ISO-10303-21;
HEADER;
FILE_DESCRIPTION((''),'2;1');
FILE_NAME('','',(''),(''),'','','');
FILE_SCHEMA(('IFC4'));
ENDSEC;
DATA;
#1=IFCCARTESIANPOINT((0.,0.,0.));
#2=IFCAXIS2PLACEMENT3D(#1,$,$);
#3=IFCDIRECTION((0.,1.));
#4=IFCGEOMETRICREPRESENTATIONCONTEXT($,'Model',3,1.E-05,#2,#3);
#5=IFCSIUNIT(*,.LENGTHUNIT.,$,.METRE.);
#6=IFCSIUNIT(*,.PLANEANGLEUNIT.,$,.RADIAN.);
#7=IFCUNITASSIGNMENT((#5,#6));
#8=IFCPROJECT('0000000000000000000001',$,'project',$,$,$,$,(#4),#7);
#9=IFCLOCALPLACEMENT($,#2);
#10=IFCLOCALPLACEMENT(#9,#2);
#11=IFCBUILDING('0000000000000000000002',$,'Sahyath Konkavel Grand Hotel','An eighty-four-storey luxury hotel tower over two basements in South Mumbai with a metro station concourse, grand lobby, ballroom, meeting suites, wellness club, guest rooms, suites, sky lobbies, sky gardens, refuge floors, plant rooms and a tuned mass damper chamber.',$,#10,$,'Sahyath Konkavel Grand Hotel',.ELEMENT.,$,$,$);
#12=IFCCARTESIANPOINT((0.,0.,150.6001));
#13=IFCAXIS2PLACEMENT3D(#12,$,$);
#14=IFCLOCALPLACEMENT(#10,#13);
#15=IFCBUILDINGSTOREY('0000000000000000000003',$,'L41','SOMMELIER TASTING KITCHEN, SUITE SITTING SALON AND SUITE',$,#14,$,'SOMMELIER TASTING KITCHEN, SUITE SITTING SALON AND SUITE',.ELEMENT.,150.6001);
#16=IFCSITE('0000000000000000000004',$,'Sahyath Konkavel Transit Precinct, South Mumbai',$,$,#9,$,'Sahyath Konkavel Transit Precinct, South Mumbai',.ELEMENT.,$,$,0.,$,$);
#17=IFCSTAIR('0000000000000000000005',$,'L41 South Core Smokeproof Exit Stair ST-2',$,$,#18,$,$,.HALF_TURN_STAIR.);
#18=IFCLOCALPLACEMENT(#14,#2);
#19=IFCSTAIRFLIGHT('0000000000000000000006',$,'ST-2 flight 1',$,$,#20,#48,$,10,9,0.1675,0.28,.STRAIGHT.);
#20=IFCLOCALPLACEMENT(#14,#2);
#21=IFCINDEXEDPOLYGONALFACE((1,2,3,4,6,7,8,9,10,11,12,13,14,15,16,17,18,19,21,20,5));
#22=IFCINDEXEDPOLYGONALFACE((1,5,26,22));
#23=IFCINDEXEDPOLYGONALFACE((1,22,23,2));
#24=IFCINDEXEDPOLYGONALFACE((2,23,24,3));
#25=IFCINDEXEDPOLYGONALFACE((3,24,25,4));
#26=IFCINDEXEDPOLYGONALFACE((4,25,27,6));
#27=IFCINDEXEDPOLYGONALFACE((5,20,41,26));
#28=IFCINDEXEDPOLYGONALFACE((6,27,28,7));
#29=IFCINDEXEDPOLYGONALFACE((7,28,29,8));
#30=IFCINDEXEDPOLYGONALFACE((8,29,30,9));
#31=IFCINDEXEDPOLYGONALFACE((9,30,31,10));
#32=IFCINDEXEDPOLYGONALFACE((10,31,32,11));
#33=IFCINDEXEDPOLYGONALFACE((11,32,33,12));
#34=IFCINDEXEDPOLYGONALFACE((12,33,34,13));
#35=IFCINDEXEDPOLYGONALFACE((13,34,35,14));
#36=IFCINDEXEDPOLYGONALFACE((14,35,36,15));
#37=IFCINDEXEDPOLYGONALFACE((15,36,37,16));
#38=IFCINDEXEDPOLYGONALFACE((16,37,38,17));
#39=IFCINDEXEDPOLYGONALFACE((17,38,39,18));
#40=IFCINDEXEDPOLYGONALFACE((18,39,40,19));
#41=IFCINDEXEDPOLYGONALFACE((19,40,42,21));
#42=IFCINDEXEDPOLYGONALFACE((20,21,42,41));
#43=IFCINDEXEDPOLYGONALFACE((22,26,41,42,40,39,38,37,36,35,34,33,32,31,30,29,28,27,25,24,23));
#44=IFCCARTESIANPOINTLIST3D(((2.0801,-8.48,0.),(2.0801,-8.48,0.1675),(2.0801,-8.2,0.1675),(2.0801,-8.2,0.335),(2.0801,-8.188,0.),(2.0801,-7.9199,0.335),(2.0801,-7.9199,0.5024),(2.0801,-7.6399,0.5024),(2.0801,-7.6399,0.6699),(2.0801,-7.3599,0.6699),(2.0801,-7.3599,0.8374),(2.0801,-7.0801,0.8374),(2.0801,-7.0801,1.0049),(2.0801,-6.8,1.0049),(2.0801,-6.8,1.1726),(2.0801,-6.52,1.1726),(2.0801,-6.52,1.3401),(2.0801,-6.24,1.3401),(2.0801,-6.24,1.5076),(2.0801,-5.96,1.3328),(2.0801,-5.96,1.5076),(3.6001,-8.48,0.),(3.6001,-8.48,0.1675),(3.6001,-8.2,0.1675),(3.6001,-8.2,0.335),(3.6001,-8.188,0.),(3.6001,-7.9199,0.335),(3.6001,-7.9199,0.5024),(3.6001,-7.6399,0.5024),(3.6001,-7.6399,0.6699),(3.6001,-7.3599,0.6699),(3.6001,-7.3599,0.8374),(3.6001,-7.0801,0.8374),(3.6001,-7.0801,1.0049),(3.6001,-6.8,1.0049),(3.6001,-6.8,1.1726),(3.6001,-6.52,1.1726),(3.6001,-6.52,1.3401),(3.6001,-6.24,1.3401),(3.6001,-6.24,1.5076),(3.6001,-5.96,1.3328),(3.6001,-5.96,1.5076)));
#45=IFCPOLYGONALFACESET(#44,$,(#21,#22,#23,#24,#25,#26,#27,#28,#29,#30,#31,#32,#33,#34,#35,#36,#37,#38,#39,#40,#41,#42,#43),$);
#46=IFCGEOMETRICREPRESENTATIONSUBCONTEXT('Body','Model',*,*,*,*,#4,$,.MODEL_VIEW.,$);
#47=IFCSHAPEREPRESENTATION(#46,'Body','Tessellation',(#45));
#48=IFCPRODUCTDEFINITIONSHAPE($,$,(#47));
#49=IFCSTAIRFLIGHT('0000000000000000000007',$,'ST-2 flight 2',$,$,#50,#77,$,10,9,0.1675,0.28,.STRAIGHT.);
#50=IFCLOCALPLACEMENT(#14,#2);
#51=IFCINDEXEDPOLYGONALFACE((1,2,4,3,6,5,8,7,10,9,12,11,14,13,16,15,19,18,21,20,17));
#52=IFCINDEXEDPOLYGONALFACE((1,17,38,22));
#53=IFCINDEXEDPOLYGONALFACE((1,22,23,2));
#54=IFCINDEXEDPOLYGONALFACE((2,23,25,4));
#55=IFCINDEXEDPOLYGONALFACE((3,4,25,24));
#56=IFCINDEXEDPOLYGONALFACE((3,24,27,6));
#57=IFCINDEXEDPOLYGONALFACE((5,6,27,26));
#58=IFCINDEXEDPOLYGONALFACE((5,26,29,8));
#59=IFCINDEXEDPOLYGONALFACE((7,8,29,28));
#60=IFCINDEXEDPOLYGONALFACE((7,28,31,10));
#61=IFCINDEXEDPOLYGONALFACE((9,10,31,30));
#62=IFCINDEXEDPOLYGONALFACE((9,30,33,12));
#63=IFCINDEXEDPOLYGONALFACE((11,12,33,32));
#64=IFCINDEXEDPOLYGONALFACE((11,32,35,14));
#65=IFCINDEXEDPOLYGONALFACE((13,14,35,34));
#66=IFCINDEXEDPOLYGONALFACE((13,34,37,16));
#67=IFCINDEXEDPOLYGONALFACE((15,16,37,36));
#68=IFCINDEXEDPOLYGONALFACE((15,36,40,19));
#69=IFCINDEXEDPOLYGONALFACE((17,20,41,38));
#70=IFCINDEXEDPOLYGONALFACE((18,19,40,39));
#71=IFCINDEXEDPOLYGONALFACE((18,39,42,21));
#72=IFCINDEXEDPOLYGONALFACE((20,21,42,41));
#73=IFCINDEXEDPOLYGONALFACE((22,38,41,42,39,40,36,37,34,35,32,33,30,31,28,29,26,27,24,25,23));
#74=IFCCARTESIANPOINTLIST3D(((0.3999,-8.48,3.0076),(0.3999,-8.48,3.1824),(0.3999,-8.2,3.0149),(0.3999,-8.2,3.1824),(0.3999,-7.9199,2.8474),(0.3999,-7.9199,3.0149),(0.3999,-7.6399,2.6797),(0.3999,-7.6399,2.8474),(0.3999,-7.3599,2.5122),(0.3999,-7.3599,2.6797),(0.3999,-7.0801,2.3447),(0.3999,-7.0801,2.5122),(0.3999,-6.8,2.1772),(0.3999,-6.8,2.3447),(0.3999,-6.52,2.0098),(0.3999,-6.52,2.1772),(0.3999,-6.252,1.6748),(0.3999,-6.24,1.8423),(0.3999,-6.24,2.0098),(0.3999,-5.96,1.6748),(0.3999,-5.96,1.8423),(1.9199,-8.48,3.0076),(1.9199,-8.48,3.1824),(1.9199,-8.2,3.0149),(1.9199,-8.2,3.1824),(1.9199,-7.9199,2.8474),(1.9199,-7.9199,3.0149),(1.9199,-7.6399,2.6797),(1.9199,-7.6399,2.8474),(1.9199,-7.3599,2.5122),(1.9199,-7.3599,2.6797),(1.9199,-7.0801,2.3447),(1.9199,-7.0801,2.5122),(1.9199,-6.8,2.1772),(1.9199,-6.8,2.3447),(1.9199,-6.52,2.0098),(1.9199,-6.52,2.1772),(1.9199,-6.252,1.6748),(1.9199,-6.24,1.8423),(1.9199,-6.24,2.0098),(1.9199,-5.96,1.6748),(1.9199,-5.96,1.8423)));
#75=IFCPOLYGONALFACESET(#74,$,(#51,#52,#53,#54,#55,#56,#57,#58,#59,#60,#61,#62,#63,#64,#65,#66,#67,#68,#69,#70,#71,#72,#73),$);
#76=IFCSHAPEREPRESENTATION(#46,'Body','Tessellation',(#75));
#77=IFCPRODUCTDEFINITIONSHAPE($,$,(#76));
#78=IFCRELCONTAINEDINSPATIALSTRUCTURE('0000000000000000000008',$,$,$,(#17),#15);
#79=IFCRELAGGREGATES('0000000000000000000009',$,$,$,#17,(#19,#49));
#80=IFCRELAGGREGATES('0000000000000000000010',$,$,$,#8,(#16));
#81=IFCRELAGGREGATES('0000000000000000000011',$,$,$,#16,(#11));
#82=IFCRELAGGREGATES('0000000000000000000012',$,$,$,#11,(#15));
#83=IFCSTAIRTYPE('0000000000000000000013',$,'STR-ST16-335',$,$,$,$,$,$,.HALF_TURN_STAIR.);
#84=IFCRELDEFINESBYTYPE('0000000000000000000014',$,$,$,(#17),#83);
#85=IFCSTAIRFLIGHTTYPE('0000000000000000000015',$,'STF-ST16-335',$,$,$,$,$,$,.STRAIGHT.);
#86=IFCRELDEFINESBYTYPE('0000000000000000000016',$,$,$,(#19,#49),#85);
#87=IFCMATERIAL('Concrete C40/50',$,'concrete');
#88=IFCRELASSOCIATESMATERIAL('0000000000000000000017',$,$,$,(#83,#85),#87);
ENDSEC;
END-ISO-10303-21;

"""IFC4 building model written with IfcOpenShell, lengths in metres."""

from ifc_helpers import new_model, si_unit, direction, frame, origin, place, context, subcontext, project, spatial, polyline, outline, extrude, material, type_object, element, aggregate, save


model = new_model("IFC4")

# Units and contexts
model_context = context("Model", 3, precision=1e-05, world=origin(), true_north=direction((0.0, 1.0)))
body_context = subcontext(model_context, "Body", "Model", "MODEL_VIEW")
ifc_project = project(units=[si_unit("LENGTHUNIT", "METRE"), si_unit("PLANEANGLEUNIT", "RADIAN")], contexts=[model_context])

# Site, building, storey
site_placement = place(None, origin())
site = spatial("IfcSite", under=ifc_project, at=site_placement, Name="Sahyath Konkavel Transit Precinct, South Mumbai", LongName="Sahyath Konkavel Transit Precinct, South Mumbai", CompositionType="ELEMENT", RefElevation=0.0)
building_placement = place(site_placement, origin())
building = spatial("IfcBuilding", under=site, at=building_placement, Name="Sahyath Konkavel Grand Hotel", Description="An eighty-four-storey luxury hotel tower over two basements in South Mumbai with a metro station concourse, grand lobby, ballroom, meeting suites, wellness club, guest rooms, suites, sky lobbies, sky gardens, refuge floors, plant rooms and a tuned mass damper chamber.", LongName="Sahyath Konkavel Grand Hotel", CompositionType="ELEMENT")
storey_placement = place(building_placement, frame((0.0, 0.0, 150.6001)))
storey = spatial("IfcBuildingStorey", under=building, at=storey_placement, Name="L41", Description="SOMMELIER TASTING KITCHEN, SUITE SITTING SALON AND SUITE", LongName="SOMMELIER TASTING KITCHEN, SUITE SITTING SALON AND SUITE", CompositionType="ELEMENT", Elevation=150.6001)

# Shared definitions
ifc_material_1 = material(Name="Concrete C40/50", Category="concrete")

# Stair, stair flights
stair_type = type_object("IfcStairType", Name="STR-ST16-335", PredefinedType="HALF_TURN_STAIR", material=ifc_material_1)
stair_placement = place(storey_placement, origin())
stair = element("IfcStair", 1, at=stair_placement, inside=storey, type_object=stair_type, Name="L41 South Core Smokeproof Exit Stair ST-2", PredefinedType="HALF_TURN_STAIR")
stair_flight_type = type_object("IfcStairFlightType", Name="STF-ST16-335", PredefinedType="STRAIGHT", material=ifc_material_1)
stair_flight_1_placement = place(storey_placement, frame((2.8401, -8.48, 0.0), z_axis=(0.0, 0.0, 1.0), x_axis=(0.0, 1.0, 0.0)))
stair_flight_1 = element("IfcStairFlight", 2, at=stair_flight_1_placement, type_object=stair_flight_type, Name="ST-2 flight 1", NumberOfRisers=10, NumberOfTreads=9, PredefinedType="STRAIGHT", RiserHeight=0.1675, TreadLength=0.28, context=body_context, shape_type="SweptSolid", body=[
    extrude(outline(polyline([(0.0, 0.0), (0.0, 0.1675), (0.28, 0.1675), (0.28, 0.335), (0.5601, 0.335), (0.5601, 0.5024), (0.8401, 0.5024), (0.8401, 0.6699), (1.1201, 0.6699), (1.1201, 0.8374), (1.3999, 0.8374), (1.3999, 1.0049), (1.6799, 1.0049), (1.6799, 1.1726), (1.96, 1.1726), (1.96, 1.3401), (2.24, 1.3401), (2.24, 1.5076), (2.52, 1.5076), (2.52, 1.675), (2.52, 1.3328), (0.292, 0.0), (0.0, 0.0)])), frame((0.0, 0.76, 0.0), z_axis=(0.0, -1.0, 0.0), x_axis=(1.0, 0.0, 0.0)), (0.0, 0.0, 1.0), 1.52),
])
stair_flight_2_placement = place(storey_placement, frame((1.1599, -5.96, 1.6748), z_axis=(0.0, 0.0, 1.0), x_axis=(0.0, -1.0, 0.0)))
stair_flight_2 = element("IfcStairFlight", 3, at=stair_flight_2_placement, type_object=stair_flight_type, Name="ST-2 flight 2", NumberOfRisers=10, NumberOfTreads=9, PredefinedType="STRAIGHT", RiserHeight=0.1675, TreadLength=0.28, context=body_context, shape_type="SweptSolid", body=[
    extrude(outline(polyline([(0.0, 0.0), (0.0, 0.1675), (0.28, 0.1675), (0.28, 0.335), (0.5601, 0.335), (0.5601, 0.5024), (0.8401, 0.5024), (0.8401, 0.6699), (1.1201, 0.6699), (1.1201, 0.8374), (1.3999, 0.8374), (1.3999, 1.0049), (1.6799, 1.0049), (1.6799, 1.1726), (1.96, 1.1726), (1.96, 1.3401), (2.24, 1.3401), (2.24, 1.5076), (2.52, 1.5076), (2.52, 1.675), (2.52, 1.3328), (0.292, 0.0), (0.0, 0.0)])), frame((0.0, 0.76, 0.0), z_axis=(0.0, -1.0, 0.0), x_axis=(1.0, 0.0, 0.0)), (0.0, 0.0, 1.0), 1.52),
])
aggregate(stair, [stair_flight_1, stair_flight_2])

save(model, "model.ifc")
